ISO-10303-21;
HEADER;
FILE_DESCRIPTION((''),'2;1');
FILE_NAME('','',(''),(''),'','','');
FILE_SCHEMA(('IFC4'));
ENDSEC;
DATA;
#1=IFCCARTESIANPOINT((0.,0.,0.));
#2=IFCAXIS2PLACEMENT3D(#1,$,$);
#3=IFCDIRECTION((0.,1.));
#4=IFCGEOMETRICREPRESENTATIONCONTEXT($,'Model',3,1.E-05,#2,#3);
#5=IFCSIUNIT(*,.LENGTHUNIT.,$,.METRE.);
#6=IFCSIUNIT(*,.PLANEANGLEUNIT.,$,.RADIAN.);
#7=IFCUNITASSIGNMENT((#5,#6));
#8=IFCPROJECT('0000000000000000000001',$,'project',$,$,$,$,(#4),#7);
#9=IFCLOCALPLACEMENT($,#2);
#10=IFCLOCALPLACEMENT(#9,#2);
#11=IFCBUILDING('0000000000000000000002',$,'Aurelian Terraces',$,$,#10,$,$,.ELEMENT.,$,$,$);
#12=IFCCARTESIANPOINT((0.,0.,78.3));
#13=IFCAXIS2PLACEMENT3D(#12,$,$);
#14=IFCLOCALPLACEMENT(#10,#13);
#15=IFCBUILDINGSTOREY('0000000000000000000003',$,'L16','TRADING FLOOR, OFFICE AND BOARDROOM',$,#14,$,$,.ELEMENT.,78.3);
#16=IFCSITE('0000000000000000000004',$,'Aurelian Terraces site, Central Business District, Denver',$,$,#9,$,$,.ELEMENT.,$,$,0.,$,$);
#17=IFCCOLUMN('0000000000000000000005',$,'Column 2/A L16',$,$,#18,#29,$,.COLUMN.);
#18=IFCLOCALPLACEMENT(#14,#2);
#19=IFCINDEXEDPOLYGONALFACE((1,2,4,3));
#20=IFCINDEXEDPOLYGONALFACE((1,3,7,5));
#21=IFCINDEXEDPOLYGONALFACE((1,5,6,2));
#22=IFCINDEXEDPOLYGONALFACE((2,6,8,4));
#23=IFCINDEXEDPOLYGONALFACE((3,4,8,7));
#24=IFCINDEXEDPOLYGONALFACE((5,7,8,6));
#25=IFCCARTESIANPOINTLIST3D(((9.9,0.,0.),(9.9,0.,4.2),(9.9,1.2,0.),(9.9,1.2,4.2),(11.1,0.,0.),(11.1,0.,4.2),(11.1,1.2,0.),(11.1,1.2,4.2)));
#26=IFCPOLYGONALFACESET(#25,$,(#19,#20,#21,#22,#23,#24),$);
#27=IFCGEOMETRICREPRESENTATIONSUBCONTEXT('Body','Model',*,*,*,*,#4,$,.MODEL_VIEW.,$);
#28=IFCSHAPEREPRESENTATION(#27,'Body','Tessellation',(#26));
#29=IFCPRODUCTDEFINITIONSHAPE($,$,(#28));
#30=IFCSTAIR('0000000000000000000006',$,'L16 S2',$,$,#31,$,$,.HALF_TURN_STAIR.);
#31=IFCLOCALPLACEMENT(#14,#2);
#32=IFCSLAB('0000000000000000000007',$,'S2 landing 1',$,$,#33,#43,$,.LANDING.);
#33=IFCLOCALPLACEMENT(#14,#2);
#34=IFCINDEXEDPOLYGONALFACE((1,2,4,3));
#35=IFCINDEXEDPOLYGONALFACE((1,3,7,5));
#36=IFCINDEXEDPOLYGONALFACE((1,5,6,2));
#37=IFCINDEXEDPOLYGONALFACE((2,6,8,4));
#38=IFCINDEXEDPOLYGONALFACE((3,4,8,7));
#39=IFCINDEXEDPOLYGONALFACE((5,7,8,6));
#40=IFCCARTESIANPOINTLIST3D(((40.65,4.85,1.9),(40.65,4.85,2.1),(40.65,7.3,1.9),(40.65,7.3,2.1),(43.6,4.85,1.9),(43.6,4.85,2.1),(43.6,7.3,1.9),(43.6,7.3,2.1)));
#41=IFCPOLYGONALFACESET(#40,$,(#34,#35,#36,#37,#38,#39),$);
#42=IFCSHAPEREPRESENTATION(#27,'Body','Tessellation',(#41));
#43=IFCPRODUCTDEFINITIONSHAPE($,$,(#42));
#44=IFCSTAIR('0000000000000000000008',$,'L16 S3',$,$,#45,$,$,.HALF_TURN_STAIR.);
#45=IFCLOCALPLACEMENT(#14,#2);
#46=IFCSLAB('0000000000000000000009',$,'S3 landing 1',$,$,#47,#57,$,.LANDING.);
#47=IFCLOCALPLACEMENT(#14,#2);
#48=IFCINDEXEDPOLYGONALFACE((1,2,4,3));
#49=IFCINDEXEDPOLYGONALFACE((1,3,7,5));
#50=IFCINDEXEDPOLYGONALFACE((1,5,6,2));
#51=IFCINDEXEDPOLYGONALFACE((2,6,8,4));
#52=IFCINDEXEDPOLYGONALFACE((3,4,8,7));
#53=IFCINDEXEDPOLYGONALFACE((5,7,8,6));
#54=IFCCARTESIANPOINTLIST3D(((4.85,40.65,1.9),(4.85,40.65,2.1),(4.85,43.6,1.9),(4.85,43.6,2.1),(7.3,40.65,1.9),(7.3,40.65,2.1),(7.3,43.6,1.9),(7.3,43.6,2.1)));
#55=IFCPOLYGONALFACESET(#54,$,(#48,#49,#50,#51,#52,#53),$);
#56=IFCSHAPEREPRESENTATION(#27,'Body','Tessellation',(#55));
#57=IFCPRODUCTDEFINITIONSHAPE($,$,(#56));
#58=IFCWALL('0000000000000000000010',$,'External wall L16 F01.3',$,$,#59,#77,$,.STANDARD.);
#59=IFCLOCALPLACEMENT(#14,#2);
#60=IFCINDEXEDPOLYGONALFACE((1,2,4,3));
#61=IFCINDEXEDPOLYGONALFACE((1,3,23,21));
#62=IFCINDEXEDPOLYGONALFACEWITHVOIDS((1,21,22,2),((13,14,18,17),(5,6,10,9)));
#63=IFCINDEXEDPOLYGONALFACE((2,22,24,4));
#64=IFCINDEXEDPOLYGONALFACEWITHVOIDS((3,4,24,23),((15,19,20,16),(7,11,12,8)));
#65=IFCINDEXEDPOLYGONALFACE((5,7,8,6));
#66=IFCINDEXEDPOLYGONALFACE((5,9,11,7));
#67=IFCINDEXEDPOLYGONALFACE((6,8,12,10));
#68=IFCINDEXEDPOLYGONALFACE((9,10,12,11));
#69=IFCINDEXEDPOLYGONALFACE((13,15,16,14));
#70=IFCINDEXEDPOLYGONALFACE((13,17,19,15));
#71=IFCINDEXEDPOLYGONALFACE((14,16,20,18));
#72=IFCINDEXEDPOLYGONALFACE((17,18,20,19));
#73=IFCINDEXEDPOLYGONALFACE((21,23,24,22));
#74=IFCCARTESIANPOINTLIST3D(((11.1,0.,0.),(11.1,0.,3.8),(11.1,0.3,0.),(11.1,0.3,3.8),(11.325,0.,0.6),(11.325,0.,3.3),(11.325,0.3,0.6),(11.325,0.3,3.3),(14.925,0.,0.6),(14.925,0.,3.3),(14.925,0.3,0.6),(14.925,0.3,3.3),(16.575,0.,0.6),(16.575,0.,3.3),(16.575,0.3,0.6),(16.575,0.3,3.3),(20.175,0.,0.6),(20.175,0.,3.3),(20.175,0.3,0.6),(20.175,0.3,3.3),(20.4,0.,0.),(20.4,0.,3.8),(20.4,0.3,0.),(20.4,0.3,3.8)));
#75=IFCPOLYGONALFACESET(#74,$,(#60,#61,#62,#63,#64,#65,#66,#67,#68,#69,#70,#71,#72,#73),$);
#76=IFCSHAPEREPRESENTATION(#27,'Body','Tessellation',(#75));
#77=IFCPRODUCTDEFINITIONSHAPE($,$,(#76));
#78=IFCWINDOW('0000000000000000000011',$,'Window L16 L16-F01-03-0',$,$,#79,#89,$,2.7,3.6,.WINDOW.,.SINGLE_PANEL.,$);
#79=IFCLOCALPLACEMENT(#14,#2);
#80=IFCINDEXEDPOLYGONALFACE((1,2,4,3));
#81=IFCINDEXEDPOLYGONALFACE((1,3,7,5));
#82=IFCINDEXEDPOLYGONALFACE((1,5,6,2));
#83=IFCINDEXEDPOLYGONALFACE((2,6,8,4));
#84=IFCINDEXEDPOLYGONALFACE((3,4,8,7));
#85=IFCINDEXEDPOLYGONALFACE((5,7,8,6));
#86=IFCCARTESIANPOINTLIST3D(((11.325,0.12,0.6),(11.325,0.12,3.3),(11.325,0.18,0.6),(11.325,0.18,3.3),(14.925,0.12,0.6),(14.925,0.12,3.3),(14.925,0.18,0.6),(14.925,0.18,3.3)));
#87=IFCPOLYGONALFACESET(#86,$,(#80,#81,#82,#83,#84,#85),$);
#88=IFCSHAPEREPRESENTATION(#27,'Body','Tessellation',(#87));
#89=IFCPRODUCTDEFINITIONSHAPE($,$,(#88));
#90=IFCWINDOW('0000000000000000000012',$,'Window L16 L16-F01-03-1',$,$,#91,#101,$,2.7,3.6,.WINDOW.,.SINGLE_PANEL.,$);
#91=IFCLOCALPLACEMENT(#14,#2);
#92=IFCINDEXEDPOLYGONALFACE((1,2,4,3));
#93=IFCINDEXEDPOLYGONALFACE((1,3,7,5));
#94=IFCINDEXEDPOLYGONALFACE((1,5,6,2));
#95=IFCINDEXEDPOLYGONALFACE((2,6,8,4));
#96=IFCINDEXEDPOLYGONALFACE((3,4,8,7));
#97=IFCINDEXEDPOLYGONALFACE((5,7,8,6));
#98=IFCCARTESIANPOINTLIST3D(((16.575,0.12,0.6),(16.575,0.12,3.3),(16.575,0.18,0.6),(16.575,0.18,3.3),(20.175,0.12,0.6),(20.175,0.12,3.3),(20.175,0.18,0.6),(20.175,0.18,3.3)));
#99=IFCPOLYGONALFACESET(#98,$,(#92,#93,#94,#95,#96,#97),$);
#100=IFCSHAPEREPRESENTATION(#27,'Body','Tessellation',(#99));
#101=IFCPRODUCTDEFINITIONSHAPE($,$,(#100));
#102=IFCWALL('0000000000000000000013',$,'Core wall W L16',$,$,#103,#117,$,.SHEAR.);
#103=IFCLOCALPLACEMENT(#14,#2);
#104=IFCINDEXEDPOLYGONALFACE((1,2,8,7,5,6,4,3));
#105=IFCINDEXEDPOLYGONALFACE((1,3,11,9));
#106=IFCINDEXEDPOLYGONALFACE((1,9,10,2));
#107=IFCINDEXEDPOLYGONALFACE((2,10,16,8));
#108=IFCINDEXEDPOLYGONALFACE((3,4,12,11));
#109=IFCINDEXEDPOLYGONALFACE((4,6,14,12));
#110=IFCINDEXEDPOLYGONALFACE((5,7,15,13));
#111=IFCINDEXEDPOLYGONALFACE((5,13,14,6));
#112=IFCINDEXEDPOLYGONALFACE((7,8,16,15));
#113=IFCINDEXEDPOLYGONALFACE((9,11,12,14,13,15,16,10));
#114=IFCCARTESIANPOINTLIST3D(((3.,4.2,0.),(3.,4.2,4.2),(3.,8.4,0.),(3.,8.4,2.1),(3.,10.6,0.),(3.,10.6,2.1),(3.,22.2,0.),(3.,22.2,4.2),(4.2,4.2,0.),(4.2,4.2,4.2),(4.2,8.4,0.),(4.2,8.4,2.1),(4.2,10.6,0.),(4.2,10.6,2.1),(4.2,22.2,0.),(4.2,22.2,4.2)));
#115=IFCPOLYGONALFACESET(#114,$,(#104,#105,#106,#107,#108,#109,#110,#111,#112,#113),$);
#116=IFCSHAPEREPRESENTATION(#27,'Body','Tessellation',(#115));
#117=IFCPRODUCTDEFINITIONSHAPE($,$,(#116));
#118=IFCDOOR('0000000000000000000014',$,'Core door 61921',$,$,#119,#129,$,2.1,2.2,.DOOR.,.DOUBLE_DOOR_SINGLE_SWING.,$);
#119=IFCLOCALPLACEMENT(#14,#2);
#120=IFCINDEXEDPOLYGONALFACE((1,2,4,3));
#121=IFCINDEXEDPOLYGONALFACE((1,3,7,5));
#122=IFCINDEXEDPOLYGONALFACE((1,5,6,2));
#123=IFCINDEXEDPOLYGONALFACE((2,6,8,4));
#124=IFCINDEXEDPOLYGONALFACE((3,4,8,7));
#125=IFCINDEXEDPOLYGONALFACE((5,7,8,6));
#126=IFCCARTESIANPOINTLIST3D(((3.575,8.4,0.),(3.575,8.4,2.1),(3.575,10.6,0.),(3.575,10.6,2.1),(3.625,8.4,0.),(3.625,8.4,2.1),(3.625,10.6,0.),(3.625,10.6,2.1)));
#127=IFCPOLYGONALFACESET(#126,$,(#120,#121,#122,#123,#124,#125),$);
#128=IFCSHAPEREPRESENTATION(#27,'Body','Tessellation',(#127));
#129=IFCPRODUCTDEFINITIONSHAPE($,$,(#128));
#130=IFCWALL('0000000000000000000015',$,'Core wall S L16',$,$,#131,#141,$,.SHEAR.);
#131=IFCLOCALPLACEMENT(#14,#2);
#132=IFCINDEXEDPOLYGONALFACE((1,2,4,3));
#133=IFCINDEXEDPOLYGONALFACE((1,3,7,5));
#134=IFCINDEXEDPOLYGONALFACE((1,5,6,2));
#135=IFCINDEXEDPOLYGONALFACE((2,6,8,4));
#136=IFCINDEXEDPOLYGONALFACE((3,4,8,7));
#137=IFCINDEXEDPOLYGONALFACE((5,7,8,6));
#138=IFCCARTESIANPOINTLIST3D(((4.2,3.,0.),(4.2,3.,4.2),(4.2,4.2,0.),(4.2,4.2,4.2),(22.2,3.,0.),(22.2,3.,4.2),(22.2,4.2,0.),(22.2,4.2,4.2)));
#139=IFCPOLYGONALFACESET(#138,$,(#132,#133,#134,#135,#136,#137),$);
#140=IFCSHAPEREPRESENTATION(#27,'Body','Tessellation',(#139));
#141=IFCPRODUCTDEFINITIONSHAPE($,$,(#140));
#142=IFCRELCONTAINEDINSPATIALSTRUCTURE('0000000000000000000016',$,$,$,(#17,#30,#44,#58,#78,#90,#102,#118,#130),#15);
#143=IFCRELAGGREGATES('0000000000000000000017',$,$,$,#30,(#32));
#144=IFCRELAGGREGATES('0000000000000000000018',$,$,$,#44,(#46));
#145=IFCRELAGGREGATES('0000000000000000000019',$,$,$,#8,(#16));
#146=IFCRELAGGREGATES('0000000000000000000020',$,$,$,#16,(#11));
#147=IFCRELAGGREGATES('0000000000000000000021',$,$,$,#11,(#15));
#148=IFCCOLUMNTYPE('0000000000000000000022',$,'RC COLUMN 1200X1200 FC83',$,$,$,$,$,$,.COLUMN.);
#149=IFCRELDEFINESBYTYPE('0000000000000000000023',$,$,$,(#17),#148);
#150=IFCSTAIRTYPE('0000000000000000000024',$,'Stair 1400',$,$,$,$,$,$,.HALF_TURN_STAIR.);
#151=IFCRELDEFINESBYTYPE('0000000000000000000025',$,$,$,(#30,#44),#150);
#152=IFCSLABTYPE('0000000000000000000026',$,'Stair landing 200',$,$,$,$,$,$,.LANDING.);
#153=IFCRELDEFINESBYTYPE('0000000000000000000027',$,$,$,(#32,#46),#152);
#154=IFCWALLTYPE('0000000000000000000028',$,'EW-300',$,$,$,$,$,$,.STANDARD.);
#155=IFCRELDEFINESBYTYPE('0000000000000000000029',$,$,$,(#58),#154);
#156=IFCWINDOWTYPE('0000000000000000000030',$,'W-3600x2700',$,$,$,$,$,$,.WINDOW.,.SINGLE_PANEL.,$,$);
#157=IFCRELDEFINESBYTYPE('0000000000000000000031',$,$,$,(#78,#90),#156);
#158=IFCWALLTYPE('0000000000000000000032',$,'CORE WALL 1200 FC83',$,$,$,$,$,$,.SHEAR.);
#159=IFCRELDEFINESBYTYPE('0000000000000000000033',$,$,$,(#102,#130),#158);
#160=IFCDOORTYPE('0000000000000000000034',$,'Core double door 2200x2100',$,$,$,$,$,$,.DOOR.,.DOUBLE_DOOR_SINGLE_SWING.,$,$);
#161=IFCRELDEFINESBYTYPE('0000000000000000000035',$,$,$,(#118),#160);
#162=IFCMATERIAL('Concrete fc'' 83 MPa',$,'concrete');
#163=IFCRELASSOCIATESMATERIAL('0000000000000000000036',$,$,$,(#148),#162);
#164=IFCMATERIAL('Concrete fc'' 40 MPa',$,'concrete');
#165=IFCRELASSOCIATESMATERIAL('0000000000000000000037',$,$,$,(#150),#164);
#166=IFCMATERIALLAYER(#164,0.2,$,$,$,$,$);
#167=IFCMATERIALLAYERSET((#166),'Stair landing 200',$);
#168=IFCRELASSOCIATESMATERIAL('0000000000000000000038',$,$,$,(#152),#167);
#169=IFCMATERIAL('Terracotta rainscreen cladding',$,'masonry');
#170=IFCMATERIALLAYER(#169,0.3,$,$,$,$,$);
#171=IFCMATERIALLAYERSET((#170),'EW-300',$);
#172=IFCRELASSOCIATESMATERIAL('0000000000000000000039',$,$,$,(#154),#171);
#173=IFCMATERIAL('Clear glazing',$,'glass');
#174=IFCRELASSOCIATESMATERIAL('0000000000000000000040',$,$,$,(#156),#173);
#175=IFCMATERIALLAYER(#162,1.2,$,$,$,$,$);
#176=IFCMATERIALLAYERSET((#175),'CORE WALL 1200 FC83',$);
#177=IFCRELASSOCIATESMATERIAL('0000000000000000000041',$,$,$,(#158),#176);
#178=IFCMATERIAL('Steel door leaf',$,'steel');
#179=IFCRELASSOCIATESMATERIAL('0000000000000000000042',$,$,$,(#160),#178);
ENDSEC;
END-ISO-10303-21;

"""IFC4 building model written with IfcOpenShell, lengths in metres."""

from ifc_helpers import new_model, si_unit, direction, frame, frame_2d, origin, origin_2d, place, context, subcontext, project, spatial, polyline, rectangle, outline, extrude, source, transform, mapped, material, layer, layer_set, material_profile, profile_set, type_object, element, fill, aggregate, save


model = new_model("IFC4")

# Units and contexts
model_context = context("Model", 3, precision=1e-05, world=origin(), true_north=direction((0.0, 1.0)))
body_context = subcontext(model_context, "Body", "Model", "MODEL_VIEW")
ifc_project = project(units=[si_unit("LENGTHUNIT", "METRE"), si_unit("PLANEANGLEUNIT", "RADIAN")], contexts=[model_context])

# Site, building, storey
site_placement = place(None, origin())
site = spatial("IfcSite", under=ifc_project, at=site_placement, Name="Aurelian Terraces site, Central Business District, Denver", CompositionType="ELEMENT", RefElevation=0.0)
building_placement = place(site_placement, origin())
building = spatial("IfcBuilding", under=site, at=building_placement, Name="Aurelian Terraces", CompositionType="ELEMENT")
storey_placement = place(building_placement, frame((0.0, 0.0, 78.3)))
storey = spatial("IfcBuildingStorey", under=building, at=storey_placement, Name="L16", Description="TRADING FLOOR, OFFICE AND BOARDROOM", CompositionType="ELEMENT", Elevation=78.3)

# Column
ifc_material_1 = material(Name="Concrete fc' 83 MPa", Category="concrete")
ifc_material_profile = material_profile(ifc_material_1, rectangle(XDim=1.2, YDim=1.2, at=origin_2d()))
ifc_profile_set = profile_set([ifc_material_profile], Name="Concrete fc' 83 MPa")
column_type = type_object("IfcColumnType", Name="RC COLUMN 1200X1200 FC83", PredefinedType="COLUMN", material=ifc_profile_set)
shared_shape_1 = source(origin(), body_context, "Body", "SweptSolid", [
    extrude(rectangle(XDim=1.2, YDim=1.2, at=origin_2d()), origin(), (0.0, 0.0, 1.0), 4.2),
])
column_placement = place(storey_placement, frame((10.5, 0.6, 0.0), z_axis=(0.0, 0.0, 1.0), x_axis=(1.0, 0.0, 0.0)))
element("IfcColumn", 1, at=column_placement, inside=storey, type_object=column_type, Name="Column 2/A L16", PredefinedType="COLUMN", context=body_context, shape_type="MappedRepresentation", body=[
    mapped(shared_shape_1, transform((0.0, 0.0, 0.0), scale=1.0)),
])

# Stairs, slabs
ifc_material_2 = material(Name="Concrete fc' 40 MPa", Category="concrete")
stair_type = type_object("IfcStairType", Name="Stair 1400", PredefinedType="HALF_TURN_STAIR", material=ifc_material_2)
stair_1_placement = place(storey_placement, origin())
stair_1 = element("IfcStair", 2, at=stair_1_placement, inside=storey, type_object=stair_type, Name="L16 S2", PredefinedType="HALF_TURN_STAIR")
ifc_layer_1 = layer(ifc_material_2, 0.2)
ifc_layer_set_1 = layer_set([ifc_layer_1], Name="Stair landing 200")
slab_type = type_object("IfcSlabType", Name="Stair landing 200", PredefinedType="LANDING", material=ifc_layer_set_1)
shared_shape_2 = source(origin(), body_context, "Body", "SweptSolid", [
    extrude(outline(polyline([(43.6, 4.85), (43.6, 7.3), (40.65, 7.3), (40.65, 4.85), (43.6, 4.85)])), origin(), (0.0, 0.0, 1.0), 0.2),
])
slab_1_placement = place(storey_placement, frame((0.0, 0.0, 1.9)))
slab_1 = element("IfcSlab", 3, at=slab_1_placement, type_object=slab_type, Name="S2 landing 1", PredefinedType="LANDING", context=body_context, shape_type="MappedRepresentation", body=[
    mapped(shared_shape_2, transform((0.0, 0.0, 0.0), scale=1.0)),
])
aggregate(stair_1, [slab_1])
stair_2_placement = place(storey_placement, origin())
stair_2 = element("IfcStair", 4, at=stair_2_placement, inside=storey, type_object=stair_type, Name="L16 S3", PredefinedType="HALF_TURN_STAIR")
shared_shape_3 = source(origin(), body_context, "Body", "SweptSolid", [
    extrude(outline(polyline([(4.85, 40.65), (7.3, 40.65), (7.3, 43.6), (4.85, 43.6), (4.85, 40.65)])), origin(), (0.0, 0.0, 1.0), 0.2),
])
slab_2_placement = place(storey_placement, frame((0.0, 0.0, 1.9)))
slab_2 = element("IfcSlab", 5, at=slab_2_placement, type_object=slab_type, Name="S3 landing 1", PredefinedType="LANDING", context=body_context, shape_type="MappedRepresentation", body=[
    mapped(shared_shape_3, transform((0.0, 0.0, 0.0), scale=1.0)),
])
aggregate(stair_2, [slab_2])

# Wall, openings, windows
ifc_material_3 = material(Name="Terracotta rainscreen cladding", Category="masonry")
ifc_layer_2 = layer(ifc_material_3, 0.3)
ifc_layer_set_2 = layer_set([ifc_layer_2], Name="EW-300")
wall_type_1 = type_object("IfcWallType", Name="EW-300", PredefinedType="STANDARD", material=ifc_layer_set_2)
wall_1_placement = place(storey_placement, frame((11.1, 0.15, 0.0), z_axis=(0.0, 0.0, 1.0), x_axis=(1.0, 0.0, 0.0)))
wall_1 = element("IfcWall", 6, at=wall_1_placement, inside=storey, type_object=wall_type_1, Name="External wall L16 F01.3", PredefinedType="STANDARD", context=body_context, shape_type="SweptSolid", body=[
    extrude(rectangle(XDim=9.3, YDim=0.3, at=frame_2d((4.65, 0.0))), origin(), (0.0, 0.0, 1.0), 3.8),
])
shared_shape_4 = source(origin(), body_context, "Body", "SweptSolid", [
    extrude(rectangle(XDim=3.6, YDim=2.7, at=frame_2d((1.8, 1.35))), frame((0.0, 0.16, 0.0), z_axis=(0.0, -1.0, 0.0), x_axis=(1.0, 0.0, 0.0)), (0.0, 0.0, 1.0), 0.32),
])
opening_1_placement = place(wall_1_placement, frame((0.225, 0.0, 0.6)))
opening_1 = element("IfcOpeningElement", 7, at=opening_1_placement, cuts=wall_1, PredefinedType="OPENING", context=body_context, shape_type="MappedRepresentation", body=[
    mapped(shared_shape_4, transform((0.0, 0.0, 0.0), scale=1.0)),
])
opening_2_placement = place(wall_1_placement, frame((5.475, 0.0, 0.6)))
opening_2 = element("IfcOpeningElement", 8, at=opening_2_placement, cuts=wall_1, PredefinedType="OPENING", context=body_context, shape_type="MappedRepresentation", body=[
    mapped(shared_shape_4, transform((0.0, 0.0, 0.0), scale=1.0)),
])
ifc_material_4 = material(Name="Clear glazing", Category="glass")
window_type_1 = type_object("IfcWindowType", Name="W-3600x2700", PartitioningType="SINGLE_PANEL", PredefinedType="WINDOW", material=ifc_material_4)
shared_shape_5 = source(origin(), body_context, "Body", "SweptSolid", [
    extrude(rectangle(XDim=3.6, YDim=2.7, at=frame_2d((1.8, 1.35))), frame((0.0, 0.03, 0.0), z_axis=(0.0, -1.0, 0.0), x_axis=(1.0, 0.0, 0.0)), (0.0, 0.0, 1.0), 0.06),
])
window_1_placement = place(opening_1_placement, origin())
window_1 = element("IfcWindow", 9, at=window_1_placement, inside=storey, type_object=window_type_1, Name="Window L16 L16-F01-03-0", OverallHeight=2.7, OverallWidth=3.6, PartitioningType="SINGLE_PANEL", PredefinedType="WINDOW", context=body_context, shape_type="MappedRepresentation", body=[
    mapped(shared_shape_5, transform((0.0, 0.0, 0.0), scale=1.0)),
])
fill(opening_1, window_1)
window_2_placement = place(opening_2_placement, origin())
window_2 = element("IfcWindow", 10, at=window_2_placement, inside=storey, type_object=window_type_1, Name="Window L16 L16-F01-03-1", OverallHeight=2.7, OverallWidth=3.6, PartitioningType="SINGLE_PANEL", PredefinedType="WINDOW", context=body_context, shape_type="MappedRepresentation", body=[
    mapped(shared_shape_5, transform((0.0, 0.0, 0.0), scale=1.0)),
])
fill(opening_2, window_2)

# Wall, opening, door
ifc_layer_3 = layer(ifc_material_1, 1.2)
ifc_layer_set_3 = layer_set([ifc_layer_3], Name="CORE WALL 1200 FC83")
wall_type_2 = type_object("IfcWallType", Name="CORE WALL 1200 FC83", PredefinedType="SHEAR", material=ifc_layer_set_3)
shared_shape_6 = source(origin(), body_context, "Body", "SweptSolid", [
    extrude(rectangle(XDim=18.0, YDim=1.2, at=frame_2d((9.0, 0.0))), origin(), (0.0, 0.0, 1.0), 4.2),
])
wall_2_placement = place(storey_placement, frame((3.6, 4.2, 0.0), z_axis=(0.0, 0.0, 1.0), x_axis=(0.0, 1.0, 0.0)))
wall_2 = element("IfcWall", 11, at=wall_2_placement, inside=storey, type_object=wall_type_2, Name="Core wall W L16", PredefinedType="SHEAR", context=body_context, shape_type="MappedRepresentation", body=[
    mapped(shared_shape_6, transform((0.0, 0.0, 0.0), scale=1.0)),
])
shared_shape_7 = source(origin(), body_context, "Body", "SweptSolid", [
    extrude(rectangle(XDim=2.2, YDim=2.1, at=frame_2d((1.1, 1.05))), frame((0.0, 0.61, 0.0), z_axis=(0.0, -1.0, 0.0), x_axis=(1.0, 0.0, 0.0)), (0.0, 0.0, 1.0), 1.22),
])
opening_3_placement = place(wall_2_placement, frame((4.2, 0.0, 0.0)))
opening_3 = element("IfcOpeningElement", 12, at=opening_3_placement, cuts=wall_2, PredefinedType="OPENING", context=body_context, shape_type="MappedRepresentation", body=[
    mapped(shared_shape_7, transform((0.0, 0.0, 0.0), scale=1.0)),
])
ifc_material_5 = material(Name="Steel door leaf", Category="steel")
door_type = type_object("IfcDoorType", Name="Core double door 2200x2100", OperationType="DOUBLE_DOOR_SINGLE_SWING", PredefinedType="DOOR", material=ifc_material_5)
shared_shape_8 = source(origin(), body_context, "Body", "SweptSolid", [
    extrude(rectangle(XDim=2.2, YDim=2.1, at=frame_2d((1.1, 1.05))), frame((0.0, 0.025, 0.0), z_axis=(0.0, -1.0, 0.0), x_axis=(1.0, 0.0, 0.0)), (0.0, 0.0, 1.0), 0.05),
])
door_placement = place(opening_3_placement, origin())
door = element("IfcDoor", 13, at=door_placement, inside=storey, type_object=door_type, Name="Core door 61921", OperationType="DOUBLE_DOOR_SINGLE_SWING", OverallHeight=2.1, OverallWidth=2.2, PredefinedType="DOOR", context=body_context, shape_type="MappedRepresentation", body=[
    mapped(shared_shape_8, transform((0.0, 0.0, 0.0), scale=1.0)),
])
fill(opening_3, door)

# Wall
wall_3_placement = place(storey_placement, frame((4.2, 3.6, 0.0), z_axis=(0.0, 0.0, 1.0), x_axis=(1.0, 0.0, 0.0)))
element("IfcWall", 14, at=wall_3_placement, inside=storey, type_object=wall_type_2, Name="Core wall S L16", PredefinedType="SHEAR", context=body_context, shape_type="MappedRepresentation", body=[
    mapped(shared_shape_6, transform((0.0, 0.0, 0.0), scale=1.0)),
])

save(model, "model.ifc")
